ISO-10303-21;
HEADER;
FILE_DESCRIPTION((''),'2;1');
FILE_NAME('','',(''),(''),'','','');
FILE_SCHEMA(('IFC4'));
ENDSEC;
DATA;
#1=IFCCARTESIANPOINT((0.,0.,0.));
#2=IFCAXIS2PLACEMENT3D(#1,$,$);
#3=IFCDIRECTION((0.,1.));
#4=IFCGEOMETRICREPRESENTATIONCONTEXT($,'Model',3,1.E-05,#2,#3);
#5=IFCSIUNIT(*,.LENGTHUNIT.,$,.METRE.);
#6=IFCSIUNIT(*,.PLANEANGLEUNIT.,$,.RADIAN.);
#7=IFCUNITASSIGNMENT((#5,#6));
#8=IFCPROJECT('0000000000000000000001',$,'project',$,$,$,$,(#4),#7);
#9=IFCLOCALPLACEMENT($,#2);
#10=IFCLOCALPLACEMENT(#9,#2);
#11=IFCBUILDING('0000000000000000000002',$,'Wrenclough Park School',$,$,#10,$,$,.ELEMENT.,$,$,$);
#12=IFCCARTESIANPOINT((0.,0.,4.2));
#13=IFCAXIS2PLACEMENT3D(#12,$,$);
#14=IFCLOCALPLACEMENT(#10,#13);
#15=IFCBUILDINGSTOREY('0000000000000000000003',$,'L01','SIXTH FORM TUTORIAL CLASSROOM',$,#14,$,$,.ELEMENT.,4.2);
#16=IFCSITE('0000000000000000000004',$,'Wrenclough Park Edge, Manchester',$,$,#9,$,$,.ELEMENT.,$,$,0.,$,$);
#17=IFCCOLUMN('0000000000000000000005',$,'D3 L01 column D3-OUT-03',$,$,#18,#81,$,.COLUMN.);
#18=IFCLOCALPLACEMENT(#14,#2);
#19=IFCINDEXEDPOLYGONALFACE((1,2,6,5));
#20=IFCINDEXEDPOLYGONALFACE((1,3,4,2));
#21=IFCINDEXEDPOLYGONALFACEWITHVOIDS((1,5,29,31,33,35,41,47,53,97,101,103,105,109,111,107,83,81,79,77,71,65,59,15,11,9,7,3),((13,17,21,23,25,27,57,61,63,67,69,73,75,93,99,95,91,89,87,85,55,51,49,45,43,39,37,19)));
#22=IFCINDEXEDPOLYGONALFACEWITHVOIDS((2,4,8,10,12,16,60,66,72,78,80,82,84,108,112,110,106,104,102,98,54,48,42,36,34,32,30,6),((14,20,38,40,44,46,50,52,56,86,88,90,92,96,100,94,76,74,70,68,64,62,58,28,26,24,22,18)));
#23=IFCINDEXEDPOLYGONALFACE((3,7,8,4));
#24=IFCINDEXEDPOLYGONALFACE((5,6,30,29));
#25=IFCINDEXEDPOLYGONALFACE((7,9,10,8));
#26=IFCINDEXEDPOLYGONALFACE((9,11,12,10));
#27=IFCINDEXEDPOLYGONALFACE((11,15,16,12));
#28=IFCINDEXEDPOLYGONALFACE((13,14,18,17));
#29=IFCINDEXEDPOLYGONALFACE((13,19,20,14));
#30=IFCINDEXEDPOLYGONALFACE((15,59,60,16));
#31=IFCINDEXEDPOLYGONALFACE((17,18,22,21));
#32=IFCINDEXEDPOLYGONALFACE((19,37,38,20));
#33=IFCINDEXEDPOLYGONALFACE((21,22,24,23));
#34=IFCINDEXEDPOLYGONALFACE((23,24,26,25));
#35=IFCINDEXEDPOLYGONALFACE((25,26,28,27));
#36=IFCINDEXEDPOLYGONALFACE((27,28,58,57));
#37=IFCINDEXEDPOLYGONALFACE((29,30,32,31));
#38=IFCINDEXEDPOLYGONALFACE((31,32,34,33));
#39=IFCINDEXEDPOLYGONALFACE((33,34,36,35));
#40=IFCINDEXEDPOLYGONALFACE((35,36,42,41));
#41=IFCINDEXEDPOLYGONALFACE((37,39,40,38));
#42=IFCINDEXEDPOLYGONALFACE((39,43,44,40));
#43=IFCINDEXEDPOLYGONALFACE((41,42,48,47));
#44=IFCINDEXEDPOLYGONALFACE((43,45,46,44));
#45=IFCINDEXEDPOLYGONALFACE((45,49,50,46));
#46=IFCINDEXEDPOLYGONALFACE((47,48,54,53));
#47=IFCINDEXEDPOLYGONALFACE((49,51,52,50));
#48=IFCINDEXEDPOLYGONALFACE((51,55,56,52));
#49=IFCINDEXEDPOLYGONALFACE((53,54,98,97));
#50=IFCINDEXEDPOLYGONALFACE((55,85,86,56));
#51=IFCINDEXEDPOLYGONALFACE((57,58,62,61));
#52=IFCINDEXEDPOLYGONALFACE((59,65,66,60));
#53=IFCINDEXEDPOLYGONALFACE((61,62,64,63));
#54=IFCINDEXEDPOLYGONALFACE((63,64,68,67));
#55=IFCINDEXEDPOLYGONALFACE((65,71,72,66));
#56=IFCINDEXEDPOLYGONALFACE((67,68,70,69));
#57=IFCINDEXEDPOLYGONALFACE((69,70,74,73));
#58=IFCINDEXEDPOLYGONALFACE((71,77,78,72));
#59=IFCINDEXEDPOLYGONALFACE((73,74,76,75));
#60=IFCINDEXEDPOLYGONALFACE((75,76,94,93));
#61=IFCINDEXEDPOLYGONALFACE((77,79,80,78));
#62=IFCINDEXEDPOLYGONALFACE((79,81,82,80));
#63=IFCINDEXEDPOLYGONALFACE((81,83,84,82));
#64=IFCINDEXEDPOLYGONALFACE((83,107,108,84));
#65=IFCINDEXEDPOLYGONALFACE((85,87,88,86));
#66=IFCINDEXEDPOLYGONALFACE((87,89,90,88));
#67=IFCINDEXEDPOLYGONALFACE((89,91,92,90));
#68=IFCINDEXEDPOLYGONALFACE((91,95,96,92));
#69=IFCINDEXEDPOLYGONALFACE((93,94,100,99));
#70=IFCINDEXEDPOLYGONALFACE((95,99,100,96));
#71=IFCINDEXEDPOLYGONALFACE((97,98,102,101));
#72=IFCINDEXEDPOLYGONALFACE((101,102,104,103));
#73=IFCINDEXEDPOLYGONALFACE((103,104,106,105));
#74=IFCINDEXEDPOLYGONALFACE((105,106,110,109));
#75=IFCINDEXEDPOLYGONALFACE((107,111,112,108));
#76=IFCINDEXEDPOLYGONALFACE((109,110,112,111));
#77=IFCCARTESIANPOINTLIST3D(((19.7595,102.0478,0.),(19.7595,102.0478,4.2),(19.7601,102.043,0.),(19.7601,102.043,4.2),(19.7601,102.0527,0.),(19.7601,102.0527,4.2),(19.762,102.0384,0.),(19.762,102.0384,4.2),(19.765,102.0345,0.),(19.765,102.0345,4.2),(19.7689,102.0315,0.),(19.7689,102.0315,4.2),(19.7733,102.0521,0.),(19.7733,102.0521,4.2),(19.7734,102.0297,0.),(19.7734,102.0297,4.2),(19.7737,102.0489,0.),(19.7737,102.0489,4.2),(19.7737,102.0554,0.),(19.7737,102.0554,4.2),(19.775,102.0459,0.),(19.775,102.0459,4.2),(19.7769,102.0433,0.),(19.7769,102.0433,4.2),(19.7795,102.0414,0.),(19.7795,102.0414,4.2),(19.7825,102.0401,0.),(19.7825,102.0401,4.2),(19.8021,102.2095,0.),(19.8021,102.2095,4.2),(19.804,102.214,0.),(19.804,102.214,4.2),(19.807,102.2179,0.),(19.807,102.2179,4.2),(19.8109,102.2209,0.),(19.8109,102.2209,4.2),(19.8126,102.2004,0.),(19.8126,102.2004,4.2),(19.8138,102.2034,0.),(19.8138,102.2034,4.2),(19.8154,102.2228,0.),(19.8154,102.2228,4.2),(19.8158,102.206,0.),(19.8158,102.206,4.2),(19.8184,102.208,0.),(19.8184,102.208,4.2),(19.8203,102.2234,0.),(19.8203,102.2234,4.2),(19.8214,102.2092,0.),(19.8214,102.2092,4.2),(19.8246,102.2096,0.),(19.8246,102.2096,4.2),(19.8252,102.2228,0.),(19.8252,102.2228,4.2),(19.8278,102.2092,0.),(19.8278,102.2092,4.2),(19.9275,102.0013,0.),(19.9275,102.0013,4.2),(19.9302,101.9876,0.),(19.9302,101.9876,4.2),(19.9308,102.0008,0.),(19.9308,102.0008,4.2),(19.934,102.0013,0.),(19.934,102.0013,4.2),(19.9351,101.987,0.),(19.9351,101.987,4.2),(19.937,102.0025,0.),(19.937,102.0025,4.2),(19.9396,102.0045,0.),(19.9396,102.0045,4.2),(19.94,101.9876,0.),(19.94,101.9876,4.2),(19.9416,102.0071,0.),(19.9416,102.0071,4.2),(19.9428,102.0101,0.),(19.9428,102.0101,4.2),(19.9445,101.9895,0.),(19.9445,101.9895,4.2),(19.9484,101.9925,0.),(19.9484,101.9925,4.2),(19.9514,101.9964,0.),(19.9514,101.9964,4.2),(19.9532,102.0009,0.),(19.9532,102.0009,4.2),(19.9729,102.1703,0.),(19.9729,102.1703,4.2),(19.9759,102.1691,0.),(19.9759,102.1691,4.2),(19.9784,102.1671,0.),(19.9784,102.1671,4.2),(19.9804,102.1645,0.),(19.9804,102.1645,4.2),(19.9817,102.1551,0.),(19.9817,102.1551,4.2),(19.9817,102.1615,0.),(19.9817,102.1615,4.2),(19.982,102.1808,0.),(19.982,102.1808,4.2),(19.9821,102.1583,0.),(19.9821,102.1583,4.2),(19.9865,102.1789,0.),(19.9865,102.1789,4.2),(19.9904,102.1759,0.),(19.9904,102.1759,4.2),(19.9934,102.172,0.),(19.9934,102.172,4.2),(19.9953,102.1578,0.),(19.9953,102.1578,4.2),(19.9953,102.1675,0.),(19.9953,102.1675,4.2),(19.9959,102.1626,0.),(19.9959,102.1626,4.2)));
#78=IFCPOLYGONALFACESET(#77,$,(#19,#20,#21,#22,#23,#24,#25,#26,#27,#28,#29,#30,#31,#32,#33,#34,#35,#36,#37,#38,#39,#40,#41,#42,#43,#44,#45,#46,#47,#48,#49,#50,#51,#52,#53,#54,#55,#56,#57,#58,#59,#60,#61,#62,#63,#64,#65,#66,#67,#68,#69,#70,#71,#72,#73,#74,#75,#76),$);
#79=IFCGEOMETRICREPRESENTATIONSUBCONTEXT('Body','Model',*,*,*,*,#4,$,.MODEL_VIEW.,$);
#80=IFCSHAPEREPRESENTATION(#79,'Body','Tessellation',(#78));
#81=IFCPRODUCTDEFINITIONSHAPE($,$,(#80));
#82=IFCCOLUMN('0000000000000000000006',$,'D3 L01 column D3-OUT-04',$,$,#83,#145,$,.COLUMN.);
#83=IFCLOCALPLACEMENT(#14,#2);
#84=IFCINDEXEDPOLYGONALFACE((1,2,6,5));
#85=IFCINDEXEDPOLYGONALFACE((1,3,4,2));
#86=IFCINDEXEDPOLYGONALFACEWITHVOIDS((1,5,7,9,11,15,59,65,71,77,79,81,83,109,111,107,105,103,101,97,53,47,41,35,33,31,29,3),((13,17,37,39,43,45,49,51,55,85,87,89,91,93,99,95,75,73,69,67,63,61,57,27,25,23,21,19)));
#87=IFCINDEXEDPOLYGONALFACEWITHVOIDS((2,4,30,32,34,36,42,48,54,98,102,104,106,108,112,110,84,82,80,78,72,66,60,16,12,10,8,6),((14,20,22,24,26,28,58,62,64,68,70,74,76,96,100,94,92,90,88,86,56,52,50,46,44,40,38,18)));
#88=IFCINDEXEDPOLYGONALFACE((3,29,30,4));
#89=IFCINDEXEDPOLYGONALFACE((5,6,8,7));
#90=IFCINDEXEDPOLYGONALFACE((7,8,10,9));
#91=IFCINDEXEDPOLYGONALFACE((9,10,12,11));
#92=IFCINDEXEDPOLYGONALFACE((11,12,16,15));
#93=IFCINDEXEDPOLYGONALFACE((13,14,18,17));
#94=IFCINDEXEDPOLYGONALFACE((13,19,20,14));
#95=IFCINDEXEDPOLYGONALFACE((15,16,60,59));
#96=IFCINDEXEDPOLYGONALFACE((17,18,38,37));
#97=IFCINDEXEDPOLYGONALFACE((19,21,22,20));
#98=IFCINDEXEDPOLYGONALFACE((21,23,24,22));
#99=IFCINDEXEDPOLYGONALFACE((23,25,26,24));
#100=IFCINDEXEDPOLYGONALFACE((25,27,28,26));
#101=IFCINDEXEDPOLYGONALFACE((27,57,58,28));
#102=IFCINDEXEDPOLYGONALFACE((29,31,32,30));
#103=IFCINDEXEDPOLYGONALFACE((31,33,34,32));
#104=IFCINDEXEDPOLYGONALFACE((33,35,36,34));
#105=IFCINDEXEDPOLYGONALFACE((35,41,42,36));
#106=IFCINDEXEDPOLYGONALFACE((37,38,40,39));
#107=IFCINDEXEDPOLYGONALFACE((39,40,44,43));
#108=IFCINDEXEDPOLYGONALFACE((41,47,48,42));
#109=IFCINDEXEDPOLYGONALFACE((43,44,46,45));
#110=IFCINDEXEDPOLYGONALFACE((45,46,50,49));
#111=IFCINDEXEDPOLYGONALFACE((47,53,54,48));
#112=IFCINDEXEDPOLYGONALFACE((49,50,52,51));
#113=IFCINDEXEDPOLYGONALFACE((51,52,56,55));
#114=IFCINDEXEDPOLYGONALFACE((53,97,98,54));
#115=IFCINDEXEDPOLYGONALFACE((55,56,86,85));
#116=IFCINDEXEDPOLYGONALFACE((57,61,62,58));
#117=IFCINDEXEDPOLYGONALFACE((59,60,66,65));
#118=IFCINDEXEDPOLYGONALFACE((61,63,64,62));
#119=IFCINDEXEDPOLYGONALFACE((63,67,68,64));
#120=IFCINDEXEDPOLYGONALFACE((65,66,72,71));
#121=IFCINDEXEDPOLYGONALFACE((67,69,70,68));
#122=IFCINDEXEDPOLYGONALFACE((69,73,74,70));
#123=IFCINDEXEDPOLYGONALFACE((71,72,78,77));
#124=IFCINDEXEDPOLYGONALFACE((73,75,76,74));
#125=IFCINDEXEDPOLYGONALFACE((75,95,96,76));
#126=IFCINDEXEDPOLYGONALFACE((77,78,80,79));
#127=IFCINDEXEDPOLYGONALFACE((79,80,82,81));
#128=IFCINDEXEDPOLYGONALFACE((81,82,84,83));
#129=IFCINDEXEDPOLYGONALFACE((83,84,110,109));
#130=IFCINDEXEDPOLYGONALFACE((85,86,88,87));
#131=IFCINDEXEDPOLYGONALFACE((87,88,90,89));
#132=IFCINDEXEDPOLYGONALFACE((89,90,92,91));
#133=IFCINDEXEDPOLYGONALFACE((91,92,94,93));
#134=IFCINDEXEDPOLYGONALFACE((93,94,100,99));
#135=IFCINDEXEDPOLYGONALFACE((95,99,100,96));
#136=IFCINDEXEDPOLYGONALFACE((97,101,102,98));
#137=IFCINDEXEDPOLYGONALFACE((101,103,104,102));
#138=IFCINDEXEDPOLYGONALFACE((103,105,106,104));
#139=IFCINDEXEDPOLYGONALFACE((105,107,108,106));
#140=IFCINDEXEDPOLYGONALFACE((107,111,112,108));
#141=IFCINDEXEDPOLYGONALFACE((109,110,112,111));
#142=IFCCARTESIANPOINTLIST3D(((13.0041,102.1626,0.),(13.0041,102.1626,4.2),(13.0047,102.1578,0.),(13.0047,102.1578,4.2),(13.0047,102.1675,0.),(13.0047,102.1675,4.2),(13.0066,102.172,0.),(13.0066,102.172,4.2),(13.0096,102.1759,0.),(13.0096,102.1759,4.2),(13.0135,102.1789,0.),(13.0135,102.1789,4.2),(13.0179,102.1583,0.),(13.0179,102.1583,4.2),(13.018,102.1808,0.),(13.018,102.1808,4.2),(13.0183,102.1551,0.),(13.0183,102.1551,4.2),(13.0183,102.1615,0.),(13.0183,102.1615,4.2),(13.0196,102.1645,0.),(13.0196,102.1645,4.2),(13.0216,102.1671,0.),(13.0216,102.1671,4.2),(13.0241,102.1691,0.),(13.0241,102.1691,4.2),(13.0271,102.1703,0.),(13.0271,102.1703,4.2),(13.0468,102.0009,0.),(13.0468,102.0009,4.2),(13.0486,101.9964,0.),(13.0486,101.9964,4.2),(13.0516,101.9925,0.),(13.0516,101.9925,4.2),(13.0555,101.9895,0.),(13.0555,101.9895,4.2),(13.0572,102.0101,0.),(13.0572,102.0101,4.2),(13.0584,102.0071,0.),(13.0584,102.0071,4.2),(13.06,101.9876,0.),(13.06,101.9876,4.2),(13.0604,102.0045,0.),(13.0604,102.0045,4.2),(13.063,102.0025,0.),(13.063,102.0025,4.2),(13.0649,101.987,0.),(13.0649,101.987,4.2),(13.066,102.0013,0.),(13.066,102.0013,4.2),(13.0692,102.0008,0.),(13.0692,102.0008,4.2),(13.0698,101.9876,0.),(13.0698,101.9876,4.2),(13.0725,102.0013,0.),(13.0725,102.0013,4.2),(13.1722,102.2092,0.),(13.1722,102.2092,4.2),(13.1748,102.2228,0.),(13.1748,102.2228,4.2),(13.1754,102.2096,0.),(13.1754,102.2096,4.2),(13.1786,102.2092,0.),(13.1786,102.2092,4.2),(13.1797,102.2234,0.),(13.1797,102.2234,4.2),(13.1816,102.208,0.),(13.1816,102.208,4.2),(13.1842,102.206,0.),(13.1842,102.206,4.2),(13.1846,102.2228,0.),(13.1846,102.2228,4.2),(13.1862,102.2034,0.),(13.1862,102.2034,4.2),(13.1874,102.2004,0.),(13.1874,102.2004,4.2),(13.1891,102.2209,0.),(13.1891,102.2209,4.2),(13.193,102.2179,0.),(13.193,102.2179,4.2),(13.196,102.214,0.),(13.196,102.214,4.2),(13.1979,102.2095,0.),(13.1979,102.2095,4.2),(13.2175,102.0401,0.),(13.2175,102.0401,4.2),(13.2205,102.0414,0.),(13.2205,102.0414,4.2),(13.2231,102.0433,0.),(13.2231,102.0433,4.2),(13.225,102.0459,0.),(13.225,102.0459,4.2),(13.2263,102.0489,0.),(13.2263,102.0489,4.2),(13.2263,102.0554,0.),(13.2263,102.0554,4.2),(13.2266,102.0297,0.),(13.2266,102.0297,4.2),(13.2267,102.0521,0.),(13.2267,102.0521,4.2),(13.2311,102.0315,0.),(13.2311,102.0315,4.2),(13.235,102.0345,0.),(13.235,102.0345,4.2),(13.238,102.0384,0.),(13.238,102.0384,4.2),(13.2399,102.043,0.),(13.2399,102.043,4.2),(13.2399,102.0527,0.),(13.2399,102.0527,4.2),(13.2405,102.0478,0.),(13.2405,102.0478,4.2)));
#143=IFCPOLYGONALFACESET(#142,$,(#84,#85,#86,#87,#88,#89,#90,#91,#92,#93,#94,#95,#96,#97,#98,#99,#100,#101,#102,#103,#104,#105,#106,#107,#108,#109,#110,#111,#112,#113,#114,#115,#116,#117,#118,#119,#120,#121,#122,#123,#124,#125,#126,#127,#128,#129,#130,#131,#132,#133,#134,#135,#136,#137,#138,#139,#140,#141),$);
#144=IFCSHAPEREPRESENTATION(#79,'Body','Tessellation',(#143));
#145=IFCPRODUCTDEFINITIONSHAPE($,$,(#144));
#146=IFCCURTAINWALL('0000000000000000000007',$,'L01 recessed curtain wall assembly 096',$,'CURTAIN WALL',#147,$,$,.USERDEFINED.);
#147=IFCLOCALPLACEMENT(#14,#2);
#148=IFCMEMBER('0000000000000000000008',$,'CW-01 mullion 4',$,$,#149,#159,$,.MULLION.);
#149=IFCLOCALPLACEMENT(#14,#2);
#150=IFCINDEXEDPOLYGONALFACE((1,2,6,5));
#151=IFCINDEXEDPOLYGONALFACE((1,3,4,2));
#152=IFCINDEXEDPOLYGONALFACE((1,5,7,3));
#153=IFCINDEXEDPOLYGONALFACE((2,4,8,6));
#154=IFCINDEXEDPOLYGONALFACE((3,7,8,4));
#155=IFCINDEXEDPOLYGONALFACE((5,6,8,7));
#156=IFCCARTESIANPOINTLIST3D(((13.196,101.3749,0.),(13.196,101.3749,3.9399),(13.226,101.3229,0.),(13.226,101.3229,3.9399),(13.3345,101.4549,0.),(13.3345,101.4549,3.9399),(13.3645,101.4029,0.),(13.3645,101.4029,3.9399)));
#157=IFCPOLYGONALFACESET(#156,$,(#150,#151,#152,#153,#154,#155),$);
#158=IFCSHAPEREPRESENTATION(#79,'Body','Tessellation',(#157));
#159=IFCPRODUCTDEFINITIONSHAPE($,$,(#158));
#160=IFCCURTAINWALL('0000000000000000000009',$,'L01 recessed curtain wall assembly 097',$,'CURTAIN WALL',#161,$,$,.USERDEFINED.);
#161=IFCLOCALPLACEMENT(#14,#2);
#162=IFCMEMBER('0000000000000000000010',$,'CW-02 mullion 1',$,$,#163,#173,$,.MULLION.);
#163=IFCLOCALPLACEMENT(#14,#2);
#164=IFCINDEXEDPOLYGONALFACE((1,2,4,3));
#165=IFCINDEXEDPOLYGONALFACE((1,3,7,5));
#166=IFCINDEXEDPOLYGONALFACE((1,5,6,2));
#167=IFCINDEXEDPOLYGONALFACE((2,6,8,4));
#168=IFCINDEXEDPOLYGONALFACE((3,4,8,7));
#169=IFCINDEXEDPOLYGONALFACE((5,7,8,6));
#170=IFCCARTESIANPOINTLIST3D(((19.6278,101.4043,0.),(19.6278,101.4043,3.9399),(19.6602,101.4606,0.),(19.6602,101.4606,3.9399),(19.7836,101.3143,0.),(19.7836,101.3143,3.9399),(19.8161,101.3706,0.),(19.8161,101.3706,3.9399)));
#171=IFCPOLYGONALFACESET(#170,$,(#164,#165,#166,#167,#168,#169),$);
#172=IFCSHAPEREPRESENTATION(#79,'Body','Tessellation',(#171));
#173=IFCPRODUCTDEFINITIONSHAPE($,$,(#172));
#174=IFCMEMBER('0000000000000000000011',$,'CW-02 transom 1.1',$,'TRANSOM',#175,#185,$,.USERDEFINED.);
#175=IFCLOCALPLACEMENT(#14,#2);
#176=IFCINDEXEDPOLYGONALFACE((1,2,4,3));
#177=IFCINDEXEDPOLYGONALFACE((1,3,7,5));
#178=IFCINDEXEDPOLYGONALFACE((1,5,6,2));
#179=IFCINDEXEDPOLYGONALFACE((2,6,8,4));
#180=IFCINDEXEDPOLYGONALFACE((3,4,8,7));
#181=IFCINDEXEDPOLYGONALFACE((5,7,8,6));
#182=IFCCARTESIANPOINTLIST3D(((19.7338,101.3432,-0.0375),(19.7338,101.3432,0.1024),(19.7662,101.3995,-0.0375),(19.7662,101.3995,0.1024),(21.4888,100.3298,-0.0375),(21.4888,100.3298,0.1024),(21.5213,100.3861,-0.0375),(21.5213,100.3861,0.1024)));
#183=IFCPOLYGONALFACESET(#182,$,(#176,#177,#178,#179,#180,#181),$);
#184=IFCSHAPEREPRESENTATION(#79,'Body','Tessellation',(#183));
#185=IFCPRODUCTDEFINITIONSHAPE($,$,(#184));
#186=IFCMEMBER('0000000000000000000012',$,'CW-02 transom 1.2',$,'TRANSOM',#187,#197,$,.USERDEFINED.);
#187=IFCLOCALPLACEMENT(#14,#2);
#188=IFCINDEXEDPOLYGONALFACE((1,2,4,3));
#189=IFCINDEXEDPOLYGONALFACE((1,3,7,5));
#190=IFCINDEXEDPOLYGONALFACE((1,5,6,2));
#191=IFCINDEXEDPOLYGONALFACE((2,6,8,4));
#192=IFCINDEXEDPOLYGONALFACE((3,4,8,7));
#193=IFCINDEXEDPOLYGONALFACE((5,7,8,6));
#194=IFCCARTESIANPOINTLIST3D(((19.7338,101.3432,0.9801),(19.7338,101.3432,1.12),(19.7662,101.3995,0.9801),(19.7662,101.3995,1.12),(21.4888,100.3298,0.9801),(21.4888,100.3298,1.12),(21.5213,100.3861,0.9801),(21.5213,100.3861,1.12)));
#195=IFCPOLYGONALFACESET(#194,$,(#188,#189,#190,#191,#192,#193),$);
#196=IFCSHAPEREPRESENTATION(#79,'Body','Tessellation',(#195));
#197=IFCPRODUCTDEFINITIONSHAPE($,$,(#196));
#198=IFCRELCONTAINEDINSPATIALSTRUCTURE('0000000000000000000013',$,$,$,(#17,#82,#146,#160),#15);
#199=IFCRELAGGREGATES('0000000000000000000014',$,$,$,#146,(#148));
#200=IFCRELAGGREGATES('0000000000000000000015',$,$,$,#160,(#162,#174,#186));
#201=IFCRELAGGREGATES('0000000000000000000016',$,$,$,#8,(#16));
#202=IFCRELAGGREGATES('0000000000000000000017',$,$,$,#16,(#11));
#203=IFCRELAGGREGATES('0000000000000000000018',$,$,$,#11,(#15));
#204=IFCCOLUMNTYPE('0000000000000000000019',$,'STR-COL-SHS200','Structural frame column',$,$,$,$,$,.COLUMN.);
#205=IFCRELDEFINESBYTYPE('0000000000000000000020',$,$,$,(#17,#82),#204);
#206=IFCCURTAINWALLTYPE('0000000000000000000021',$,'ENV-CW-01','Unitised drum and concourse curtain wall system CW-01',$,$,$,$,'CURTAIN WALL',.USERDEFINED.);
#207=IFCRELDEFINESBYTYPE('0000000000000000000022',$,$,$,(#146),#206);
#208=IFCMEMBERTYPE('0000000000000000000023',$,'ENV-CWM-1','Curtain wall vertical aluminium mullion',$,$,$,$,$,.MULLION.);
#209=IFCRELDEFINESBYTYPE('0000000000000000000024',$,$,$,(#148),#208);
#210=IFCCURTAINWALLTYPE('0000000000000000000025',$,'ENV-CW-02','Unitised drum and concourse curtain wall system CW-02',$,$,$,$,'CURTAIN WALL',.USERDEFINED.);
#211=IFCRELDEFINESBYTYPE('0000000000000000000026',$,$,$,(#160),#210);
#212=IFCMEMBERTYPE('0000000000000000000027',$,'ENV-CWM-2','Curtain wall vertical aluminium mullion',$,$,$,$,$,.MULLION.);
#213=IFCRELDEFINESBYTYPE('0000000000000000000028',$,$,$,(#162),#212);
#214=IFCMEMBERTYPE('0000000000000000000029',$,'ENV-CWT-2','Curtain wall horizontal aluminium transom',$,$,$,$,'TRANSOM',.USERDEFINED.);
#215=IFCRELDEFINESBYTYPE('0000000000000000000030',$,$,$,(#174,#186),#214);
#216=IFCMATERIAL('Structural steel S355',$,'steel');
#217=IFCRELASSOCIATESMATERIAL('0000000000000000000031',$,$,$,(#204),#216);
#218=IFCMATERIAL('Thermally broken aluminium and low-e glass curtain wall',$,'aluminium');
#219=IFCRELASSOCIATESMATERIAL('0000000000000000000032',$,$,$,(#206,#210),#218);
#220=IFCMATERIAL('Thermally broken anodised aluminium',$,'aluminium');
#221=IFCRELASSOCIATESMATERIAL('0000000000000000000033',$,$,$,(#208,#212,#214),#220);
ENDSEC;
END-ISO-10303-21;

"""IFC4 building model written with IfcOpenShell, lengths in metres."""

from ifc_helpers import new_model, si_unit, direction, frame, origin, origin_2d, place, context, subcontext, project, spatial, rectangle, hollow_rectangle, extrude, material, material_profile, profile_set, type_object, element, aggregate, save


model = new_model("IFC4")

# Units and contexts
model_context = context("Model", 3, precision=1e-05, world=origin(), true_north=direction((0.0, 1.0)))
body_context = subcontext(model_context, "Body", "Model", "MODEL_VIEW")
ifc_project = project(units=[si_unit("LENGTHUNIT", "METRE"), si_unit("PLANEANGLEUNIT", "RADIAN")], contexts=[model_context])

# Site, building, storey
site_placement = place(None, origin())
site = spatial("IfcSite", under=ifc_project, at=site_placement, Name="Wrenclough Park Edge, Manchester", CompositionType="ELEMENT", RefElevation=0.0)
building_placement = place(site_placement, origin())
building = spatial("IfcBuilding", under=site, at=building_placement, Name="Wrenclough Park School", CompositionType="ELEMENT")
storey_placement = place(building_placement, frame((0.0, 0.0, 4.2)))
storey = spatial("IfcBuildingStorey", under=building, at=storey_placement, Name="L01", Description="SIXTH FORM TUTORIAL CLASSROOM", CompositionType="ELEMENT", Elevation=4.2)

# Columns
ifc_material_1 = material(Name="Structural steel S355", Category="steel")
ifc_material_profile_1 = material_profile(ifc_material_1, hollow_rectangle(XDim=0.2, YDim=0.2, WallThickness=0.0125, InnerFilletRadius=0.0125, OuterFilletRadius=0.0188, at=origin_2d()), Name="SHS 200x200x12.5")
ifc_profile_set_1 = profile_set([ifc_material_profile_1], Name="Structural steel S355")
column_type = type_object("IfcColumnType", Name="STR-COL-SHS200", Description="Structural frame column", PredefinedType="COLUMN", material=ifc_profile_set_1)
for number, where, z_axis, x_axis, name in (
    (1, (19.8777, 102.1052, 0.0), (0.0, 0.0, 1.0), (-0.965926, 0.258819, 0.0), "D3 L01 column D3-OUT-03"),
    (2, (13.1223, 102.1052, 0.0), (0.0, 0.0, 1.0), (-0.965926, -0.258819, 0.0), "D3 L01 column D3-OUT-04"),
):
    element("IfcColumn", number, at=place(storey_placement, frame(where, z_axis=z_axis, x_axis=x_axis)), inside=storey, type_object=column_type, Name=name, PredefinedType="COLUMN", context=body_context, shape_type="SweptSolid", body=[
        extrude(hollow_rectangle(XDim=0.2, YDim=0.2, WallThickness=0.0125, InnerFilletRadius=0.0125, OuterFilletRadius=0.0188, at=origin_2d()), origin(), (0.0, 0.0, 1.0), 4.2),
    ])

# Curtain wall, member
ifc_material_2 = material(Name="Thermally broken aluminium and low-e glass curtain wall", Category="aluminium")
curtain_wall_type_1 = type_object("IfcCurtainWallType", Name="ENV-CW-01", Description="Unitised drum and concourse curtain wall system CW-01", ElementType="CURTAIN WALL", PredefinedType="USERDEFINED", material=ifc_material_2)
curtain_wall_1_placement = place(storey_placement, origin())
curtain_wall_1 = element("IfcCurtainWall", 3, at=curtain_wall_1_placement, inside=storey, type_object=curtain_wall_type_1, Name="L01 recessed curtain wall assembly 096", ObjectType="CURTAIN WALL", PredefinedType="USERDEFINED")
ifc_material_3 = material(Name="Thermally broken anodised aluminium", Category="aluminium")
ifc_material_profile_2 = material_profile(ifc_material_3, rectangle(XDim=0.0601, YDim=0.1599, at=origin_2d()), Name="AL MULLION 60x160")
ifc_profile_set_2 = profile_set([ifc_material_profile_2], Name="Thermally broken anodised aluminium")
member_type_1 = type_object("IfcMemberType", Name="ENV-CWM-1", Description="Curtain wall vertical aluminium mullion", PredefinedType="MULLION", material=ifc_profile_set_2)
member_1_placement = place(storey_placement, frame((13.2803, 101.3889, 0.0), z_axis=(0.0, 0.0, 1.0), x_axis=(-0.499999, 0.866026, 0.0)))
member_1 = element("IfcMember", 4, at=member_1_placement, type_object=member_type_1, Name="CW-01 mullion 4", PredefinedType="MULLION", context=body_context, shape_type="SweptSolid", body=[
    extrude(rectangle(XDim=0.0601, YDim=0.1599, at=origin_2d()), origin(), (0.0, 0.0, 1.0), 3.9399),
])
aggregate(curtain_wall_1, [member_1])

# Curtain wall, members
curtain_wall_type_2 = type_object("IfcCurtainWallType", Name="ENV-CW-02", Description="Unitised drum and concourse curtain wall system CW-02", ElementType="CURTAIN WALL", PredefinedType="USERDEFINED", material=ifc_material_2)
curtain_wall_2_placement = place(storey_placement, origin())
curtain_wall_2 = element("IfcCurtainWall", 5, at=curtain_wall_2_placement, inside=storey, type_object=curtain_wall_type_2, Name="L01 recessed curtain wall assembly 097", ObjectType="CURTAIN WALL", PredefinedType="USERDEFINED")
ifc_material_profile_3 = material_profile(ifc_material_3, rectangle(XDim=0.0649, YDim=0.1799, at=origin_2d()), Name="AL MULLION 65x180")
ifc_profile_set_3 = profile_set([ifc_material_profile_3], Name="Thermally broken anodised aluminium")
member_type_2 = type_object("IfcMemberType", Name="ENV-CWM-2", Description="Curtain wall vertical aluminium mullion", PredefinedType="MULLION", material=ifc_profile_set_3)
member_2_placement = place(storey_placement, frame((19.7219, 101.3875, 0.0), z_axis=(0.0, 0.0, 1.0), x_axis=(0.499999, 0.866026, 0.0)))
member_2 = element("IfcMember", 6, at=member_2_placement, type_object=member_type_2, Name="CW-02 mullion 1", PredefinedType="MULLION", context=body_context, shape_type="SweptSolid", body=[
    extrude(rectangle(XDim=0.0649, YDim=0.1799, at=origin_2d()), origin(), (0.0, 0.0, 1.0), 3.9399),
])
ifc_material_profile_4 = material_profile(ifc_material_3, rectangle(XDim=0.0649, YDim=0.1399, at=origin_2d()), Name="AL TRANSOM 65x140")
ifc_profile_set_4 = profile_set([ifc_material_profile_4], Name="Thermally broken anodised aluminium")
member_type_3 = type_object("IfcMemberType", Name="ENV-CWT-2", Description="Curtain wall horizontal aluminium transom", ElementType="TRANSOM", PredefinedType="USERDEFINED", material=ifc_profile_set_4)
member_3_placement = place(storey_placement, frame((19.75, 101.3713, 0.0325), z_axis=(0.866003, -0.500039, 0.0), x_axis=(0.500039, 0.866003, 0.0)))
member_3 = element("IfcMember", 7, at=member_3_placement, type_object=member_type_3, Name="CW-02 transom 1.1", ObjectType="TRANSOM", PredefinedType="USERDEFINED", context=body_context, shape_type="SweptSolid", body=[
    extrude(rectangle(XDim=0.0649, YDim=0.1399, at=origin_2d()), origin(), (0.0, 0.0, 1.0), 2.0266),
])
member_4_placement = place(storey_placement, frame((19.75, 101.3713, 1.05), z_axis=(0.866003, -0.500039, 0.0), x_axis=(0.500039, 0.866003, 0.0)))
member_4 = element("IfcMember", 8, at=member_4_placement, type_object=member_type_3, Name="CW-02 transom 1.2", ObjectType="TRANSOM", PredefinedType="USERDEFINED", context=body_context, shape_type="SweptSolid", body=[
    extrude(rectangle(XDim=0.0649, YDim=0.1399, at=origin_2d()), origin(), (0.0, 0.0, 1.0), 2.0266),
])

aggregate(curtain_wall_2, [member_2, member_3, member_4])

save(model, "model.ifc")
